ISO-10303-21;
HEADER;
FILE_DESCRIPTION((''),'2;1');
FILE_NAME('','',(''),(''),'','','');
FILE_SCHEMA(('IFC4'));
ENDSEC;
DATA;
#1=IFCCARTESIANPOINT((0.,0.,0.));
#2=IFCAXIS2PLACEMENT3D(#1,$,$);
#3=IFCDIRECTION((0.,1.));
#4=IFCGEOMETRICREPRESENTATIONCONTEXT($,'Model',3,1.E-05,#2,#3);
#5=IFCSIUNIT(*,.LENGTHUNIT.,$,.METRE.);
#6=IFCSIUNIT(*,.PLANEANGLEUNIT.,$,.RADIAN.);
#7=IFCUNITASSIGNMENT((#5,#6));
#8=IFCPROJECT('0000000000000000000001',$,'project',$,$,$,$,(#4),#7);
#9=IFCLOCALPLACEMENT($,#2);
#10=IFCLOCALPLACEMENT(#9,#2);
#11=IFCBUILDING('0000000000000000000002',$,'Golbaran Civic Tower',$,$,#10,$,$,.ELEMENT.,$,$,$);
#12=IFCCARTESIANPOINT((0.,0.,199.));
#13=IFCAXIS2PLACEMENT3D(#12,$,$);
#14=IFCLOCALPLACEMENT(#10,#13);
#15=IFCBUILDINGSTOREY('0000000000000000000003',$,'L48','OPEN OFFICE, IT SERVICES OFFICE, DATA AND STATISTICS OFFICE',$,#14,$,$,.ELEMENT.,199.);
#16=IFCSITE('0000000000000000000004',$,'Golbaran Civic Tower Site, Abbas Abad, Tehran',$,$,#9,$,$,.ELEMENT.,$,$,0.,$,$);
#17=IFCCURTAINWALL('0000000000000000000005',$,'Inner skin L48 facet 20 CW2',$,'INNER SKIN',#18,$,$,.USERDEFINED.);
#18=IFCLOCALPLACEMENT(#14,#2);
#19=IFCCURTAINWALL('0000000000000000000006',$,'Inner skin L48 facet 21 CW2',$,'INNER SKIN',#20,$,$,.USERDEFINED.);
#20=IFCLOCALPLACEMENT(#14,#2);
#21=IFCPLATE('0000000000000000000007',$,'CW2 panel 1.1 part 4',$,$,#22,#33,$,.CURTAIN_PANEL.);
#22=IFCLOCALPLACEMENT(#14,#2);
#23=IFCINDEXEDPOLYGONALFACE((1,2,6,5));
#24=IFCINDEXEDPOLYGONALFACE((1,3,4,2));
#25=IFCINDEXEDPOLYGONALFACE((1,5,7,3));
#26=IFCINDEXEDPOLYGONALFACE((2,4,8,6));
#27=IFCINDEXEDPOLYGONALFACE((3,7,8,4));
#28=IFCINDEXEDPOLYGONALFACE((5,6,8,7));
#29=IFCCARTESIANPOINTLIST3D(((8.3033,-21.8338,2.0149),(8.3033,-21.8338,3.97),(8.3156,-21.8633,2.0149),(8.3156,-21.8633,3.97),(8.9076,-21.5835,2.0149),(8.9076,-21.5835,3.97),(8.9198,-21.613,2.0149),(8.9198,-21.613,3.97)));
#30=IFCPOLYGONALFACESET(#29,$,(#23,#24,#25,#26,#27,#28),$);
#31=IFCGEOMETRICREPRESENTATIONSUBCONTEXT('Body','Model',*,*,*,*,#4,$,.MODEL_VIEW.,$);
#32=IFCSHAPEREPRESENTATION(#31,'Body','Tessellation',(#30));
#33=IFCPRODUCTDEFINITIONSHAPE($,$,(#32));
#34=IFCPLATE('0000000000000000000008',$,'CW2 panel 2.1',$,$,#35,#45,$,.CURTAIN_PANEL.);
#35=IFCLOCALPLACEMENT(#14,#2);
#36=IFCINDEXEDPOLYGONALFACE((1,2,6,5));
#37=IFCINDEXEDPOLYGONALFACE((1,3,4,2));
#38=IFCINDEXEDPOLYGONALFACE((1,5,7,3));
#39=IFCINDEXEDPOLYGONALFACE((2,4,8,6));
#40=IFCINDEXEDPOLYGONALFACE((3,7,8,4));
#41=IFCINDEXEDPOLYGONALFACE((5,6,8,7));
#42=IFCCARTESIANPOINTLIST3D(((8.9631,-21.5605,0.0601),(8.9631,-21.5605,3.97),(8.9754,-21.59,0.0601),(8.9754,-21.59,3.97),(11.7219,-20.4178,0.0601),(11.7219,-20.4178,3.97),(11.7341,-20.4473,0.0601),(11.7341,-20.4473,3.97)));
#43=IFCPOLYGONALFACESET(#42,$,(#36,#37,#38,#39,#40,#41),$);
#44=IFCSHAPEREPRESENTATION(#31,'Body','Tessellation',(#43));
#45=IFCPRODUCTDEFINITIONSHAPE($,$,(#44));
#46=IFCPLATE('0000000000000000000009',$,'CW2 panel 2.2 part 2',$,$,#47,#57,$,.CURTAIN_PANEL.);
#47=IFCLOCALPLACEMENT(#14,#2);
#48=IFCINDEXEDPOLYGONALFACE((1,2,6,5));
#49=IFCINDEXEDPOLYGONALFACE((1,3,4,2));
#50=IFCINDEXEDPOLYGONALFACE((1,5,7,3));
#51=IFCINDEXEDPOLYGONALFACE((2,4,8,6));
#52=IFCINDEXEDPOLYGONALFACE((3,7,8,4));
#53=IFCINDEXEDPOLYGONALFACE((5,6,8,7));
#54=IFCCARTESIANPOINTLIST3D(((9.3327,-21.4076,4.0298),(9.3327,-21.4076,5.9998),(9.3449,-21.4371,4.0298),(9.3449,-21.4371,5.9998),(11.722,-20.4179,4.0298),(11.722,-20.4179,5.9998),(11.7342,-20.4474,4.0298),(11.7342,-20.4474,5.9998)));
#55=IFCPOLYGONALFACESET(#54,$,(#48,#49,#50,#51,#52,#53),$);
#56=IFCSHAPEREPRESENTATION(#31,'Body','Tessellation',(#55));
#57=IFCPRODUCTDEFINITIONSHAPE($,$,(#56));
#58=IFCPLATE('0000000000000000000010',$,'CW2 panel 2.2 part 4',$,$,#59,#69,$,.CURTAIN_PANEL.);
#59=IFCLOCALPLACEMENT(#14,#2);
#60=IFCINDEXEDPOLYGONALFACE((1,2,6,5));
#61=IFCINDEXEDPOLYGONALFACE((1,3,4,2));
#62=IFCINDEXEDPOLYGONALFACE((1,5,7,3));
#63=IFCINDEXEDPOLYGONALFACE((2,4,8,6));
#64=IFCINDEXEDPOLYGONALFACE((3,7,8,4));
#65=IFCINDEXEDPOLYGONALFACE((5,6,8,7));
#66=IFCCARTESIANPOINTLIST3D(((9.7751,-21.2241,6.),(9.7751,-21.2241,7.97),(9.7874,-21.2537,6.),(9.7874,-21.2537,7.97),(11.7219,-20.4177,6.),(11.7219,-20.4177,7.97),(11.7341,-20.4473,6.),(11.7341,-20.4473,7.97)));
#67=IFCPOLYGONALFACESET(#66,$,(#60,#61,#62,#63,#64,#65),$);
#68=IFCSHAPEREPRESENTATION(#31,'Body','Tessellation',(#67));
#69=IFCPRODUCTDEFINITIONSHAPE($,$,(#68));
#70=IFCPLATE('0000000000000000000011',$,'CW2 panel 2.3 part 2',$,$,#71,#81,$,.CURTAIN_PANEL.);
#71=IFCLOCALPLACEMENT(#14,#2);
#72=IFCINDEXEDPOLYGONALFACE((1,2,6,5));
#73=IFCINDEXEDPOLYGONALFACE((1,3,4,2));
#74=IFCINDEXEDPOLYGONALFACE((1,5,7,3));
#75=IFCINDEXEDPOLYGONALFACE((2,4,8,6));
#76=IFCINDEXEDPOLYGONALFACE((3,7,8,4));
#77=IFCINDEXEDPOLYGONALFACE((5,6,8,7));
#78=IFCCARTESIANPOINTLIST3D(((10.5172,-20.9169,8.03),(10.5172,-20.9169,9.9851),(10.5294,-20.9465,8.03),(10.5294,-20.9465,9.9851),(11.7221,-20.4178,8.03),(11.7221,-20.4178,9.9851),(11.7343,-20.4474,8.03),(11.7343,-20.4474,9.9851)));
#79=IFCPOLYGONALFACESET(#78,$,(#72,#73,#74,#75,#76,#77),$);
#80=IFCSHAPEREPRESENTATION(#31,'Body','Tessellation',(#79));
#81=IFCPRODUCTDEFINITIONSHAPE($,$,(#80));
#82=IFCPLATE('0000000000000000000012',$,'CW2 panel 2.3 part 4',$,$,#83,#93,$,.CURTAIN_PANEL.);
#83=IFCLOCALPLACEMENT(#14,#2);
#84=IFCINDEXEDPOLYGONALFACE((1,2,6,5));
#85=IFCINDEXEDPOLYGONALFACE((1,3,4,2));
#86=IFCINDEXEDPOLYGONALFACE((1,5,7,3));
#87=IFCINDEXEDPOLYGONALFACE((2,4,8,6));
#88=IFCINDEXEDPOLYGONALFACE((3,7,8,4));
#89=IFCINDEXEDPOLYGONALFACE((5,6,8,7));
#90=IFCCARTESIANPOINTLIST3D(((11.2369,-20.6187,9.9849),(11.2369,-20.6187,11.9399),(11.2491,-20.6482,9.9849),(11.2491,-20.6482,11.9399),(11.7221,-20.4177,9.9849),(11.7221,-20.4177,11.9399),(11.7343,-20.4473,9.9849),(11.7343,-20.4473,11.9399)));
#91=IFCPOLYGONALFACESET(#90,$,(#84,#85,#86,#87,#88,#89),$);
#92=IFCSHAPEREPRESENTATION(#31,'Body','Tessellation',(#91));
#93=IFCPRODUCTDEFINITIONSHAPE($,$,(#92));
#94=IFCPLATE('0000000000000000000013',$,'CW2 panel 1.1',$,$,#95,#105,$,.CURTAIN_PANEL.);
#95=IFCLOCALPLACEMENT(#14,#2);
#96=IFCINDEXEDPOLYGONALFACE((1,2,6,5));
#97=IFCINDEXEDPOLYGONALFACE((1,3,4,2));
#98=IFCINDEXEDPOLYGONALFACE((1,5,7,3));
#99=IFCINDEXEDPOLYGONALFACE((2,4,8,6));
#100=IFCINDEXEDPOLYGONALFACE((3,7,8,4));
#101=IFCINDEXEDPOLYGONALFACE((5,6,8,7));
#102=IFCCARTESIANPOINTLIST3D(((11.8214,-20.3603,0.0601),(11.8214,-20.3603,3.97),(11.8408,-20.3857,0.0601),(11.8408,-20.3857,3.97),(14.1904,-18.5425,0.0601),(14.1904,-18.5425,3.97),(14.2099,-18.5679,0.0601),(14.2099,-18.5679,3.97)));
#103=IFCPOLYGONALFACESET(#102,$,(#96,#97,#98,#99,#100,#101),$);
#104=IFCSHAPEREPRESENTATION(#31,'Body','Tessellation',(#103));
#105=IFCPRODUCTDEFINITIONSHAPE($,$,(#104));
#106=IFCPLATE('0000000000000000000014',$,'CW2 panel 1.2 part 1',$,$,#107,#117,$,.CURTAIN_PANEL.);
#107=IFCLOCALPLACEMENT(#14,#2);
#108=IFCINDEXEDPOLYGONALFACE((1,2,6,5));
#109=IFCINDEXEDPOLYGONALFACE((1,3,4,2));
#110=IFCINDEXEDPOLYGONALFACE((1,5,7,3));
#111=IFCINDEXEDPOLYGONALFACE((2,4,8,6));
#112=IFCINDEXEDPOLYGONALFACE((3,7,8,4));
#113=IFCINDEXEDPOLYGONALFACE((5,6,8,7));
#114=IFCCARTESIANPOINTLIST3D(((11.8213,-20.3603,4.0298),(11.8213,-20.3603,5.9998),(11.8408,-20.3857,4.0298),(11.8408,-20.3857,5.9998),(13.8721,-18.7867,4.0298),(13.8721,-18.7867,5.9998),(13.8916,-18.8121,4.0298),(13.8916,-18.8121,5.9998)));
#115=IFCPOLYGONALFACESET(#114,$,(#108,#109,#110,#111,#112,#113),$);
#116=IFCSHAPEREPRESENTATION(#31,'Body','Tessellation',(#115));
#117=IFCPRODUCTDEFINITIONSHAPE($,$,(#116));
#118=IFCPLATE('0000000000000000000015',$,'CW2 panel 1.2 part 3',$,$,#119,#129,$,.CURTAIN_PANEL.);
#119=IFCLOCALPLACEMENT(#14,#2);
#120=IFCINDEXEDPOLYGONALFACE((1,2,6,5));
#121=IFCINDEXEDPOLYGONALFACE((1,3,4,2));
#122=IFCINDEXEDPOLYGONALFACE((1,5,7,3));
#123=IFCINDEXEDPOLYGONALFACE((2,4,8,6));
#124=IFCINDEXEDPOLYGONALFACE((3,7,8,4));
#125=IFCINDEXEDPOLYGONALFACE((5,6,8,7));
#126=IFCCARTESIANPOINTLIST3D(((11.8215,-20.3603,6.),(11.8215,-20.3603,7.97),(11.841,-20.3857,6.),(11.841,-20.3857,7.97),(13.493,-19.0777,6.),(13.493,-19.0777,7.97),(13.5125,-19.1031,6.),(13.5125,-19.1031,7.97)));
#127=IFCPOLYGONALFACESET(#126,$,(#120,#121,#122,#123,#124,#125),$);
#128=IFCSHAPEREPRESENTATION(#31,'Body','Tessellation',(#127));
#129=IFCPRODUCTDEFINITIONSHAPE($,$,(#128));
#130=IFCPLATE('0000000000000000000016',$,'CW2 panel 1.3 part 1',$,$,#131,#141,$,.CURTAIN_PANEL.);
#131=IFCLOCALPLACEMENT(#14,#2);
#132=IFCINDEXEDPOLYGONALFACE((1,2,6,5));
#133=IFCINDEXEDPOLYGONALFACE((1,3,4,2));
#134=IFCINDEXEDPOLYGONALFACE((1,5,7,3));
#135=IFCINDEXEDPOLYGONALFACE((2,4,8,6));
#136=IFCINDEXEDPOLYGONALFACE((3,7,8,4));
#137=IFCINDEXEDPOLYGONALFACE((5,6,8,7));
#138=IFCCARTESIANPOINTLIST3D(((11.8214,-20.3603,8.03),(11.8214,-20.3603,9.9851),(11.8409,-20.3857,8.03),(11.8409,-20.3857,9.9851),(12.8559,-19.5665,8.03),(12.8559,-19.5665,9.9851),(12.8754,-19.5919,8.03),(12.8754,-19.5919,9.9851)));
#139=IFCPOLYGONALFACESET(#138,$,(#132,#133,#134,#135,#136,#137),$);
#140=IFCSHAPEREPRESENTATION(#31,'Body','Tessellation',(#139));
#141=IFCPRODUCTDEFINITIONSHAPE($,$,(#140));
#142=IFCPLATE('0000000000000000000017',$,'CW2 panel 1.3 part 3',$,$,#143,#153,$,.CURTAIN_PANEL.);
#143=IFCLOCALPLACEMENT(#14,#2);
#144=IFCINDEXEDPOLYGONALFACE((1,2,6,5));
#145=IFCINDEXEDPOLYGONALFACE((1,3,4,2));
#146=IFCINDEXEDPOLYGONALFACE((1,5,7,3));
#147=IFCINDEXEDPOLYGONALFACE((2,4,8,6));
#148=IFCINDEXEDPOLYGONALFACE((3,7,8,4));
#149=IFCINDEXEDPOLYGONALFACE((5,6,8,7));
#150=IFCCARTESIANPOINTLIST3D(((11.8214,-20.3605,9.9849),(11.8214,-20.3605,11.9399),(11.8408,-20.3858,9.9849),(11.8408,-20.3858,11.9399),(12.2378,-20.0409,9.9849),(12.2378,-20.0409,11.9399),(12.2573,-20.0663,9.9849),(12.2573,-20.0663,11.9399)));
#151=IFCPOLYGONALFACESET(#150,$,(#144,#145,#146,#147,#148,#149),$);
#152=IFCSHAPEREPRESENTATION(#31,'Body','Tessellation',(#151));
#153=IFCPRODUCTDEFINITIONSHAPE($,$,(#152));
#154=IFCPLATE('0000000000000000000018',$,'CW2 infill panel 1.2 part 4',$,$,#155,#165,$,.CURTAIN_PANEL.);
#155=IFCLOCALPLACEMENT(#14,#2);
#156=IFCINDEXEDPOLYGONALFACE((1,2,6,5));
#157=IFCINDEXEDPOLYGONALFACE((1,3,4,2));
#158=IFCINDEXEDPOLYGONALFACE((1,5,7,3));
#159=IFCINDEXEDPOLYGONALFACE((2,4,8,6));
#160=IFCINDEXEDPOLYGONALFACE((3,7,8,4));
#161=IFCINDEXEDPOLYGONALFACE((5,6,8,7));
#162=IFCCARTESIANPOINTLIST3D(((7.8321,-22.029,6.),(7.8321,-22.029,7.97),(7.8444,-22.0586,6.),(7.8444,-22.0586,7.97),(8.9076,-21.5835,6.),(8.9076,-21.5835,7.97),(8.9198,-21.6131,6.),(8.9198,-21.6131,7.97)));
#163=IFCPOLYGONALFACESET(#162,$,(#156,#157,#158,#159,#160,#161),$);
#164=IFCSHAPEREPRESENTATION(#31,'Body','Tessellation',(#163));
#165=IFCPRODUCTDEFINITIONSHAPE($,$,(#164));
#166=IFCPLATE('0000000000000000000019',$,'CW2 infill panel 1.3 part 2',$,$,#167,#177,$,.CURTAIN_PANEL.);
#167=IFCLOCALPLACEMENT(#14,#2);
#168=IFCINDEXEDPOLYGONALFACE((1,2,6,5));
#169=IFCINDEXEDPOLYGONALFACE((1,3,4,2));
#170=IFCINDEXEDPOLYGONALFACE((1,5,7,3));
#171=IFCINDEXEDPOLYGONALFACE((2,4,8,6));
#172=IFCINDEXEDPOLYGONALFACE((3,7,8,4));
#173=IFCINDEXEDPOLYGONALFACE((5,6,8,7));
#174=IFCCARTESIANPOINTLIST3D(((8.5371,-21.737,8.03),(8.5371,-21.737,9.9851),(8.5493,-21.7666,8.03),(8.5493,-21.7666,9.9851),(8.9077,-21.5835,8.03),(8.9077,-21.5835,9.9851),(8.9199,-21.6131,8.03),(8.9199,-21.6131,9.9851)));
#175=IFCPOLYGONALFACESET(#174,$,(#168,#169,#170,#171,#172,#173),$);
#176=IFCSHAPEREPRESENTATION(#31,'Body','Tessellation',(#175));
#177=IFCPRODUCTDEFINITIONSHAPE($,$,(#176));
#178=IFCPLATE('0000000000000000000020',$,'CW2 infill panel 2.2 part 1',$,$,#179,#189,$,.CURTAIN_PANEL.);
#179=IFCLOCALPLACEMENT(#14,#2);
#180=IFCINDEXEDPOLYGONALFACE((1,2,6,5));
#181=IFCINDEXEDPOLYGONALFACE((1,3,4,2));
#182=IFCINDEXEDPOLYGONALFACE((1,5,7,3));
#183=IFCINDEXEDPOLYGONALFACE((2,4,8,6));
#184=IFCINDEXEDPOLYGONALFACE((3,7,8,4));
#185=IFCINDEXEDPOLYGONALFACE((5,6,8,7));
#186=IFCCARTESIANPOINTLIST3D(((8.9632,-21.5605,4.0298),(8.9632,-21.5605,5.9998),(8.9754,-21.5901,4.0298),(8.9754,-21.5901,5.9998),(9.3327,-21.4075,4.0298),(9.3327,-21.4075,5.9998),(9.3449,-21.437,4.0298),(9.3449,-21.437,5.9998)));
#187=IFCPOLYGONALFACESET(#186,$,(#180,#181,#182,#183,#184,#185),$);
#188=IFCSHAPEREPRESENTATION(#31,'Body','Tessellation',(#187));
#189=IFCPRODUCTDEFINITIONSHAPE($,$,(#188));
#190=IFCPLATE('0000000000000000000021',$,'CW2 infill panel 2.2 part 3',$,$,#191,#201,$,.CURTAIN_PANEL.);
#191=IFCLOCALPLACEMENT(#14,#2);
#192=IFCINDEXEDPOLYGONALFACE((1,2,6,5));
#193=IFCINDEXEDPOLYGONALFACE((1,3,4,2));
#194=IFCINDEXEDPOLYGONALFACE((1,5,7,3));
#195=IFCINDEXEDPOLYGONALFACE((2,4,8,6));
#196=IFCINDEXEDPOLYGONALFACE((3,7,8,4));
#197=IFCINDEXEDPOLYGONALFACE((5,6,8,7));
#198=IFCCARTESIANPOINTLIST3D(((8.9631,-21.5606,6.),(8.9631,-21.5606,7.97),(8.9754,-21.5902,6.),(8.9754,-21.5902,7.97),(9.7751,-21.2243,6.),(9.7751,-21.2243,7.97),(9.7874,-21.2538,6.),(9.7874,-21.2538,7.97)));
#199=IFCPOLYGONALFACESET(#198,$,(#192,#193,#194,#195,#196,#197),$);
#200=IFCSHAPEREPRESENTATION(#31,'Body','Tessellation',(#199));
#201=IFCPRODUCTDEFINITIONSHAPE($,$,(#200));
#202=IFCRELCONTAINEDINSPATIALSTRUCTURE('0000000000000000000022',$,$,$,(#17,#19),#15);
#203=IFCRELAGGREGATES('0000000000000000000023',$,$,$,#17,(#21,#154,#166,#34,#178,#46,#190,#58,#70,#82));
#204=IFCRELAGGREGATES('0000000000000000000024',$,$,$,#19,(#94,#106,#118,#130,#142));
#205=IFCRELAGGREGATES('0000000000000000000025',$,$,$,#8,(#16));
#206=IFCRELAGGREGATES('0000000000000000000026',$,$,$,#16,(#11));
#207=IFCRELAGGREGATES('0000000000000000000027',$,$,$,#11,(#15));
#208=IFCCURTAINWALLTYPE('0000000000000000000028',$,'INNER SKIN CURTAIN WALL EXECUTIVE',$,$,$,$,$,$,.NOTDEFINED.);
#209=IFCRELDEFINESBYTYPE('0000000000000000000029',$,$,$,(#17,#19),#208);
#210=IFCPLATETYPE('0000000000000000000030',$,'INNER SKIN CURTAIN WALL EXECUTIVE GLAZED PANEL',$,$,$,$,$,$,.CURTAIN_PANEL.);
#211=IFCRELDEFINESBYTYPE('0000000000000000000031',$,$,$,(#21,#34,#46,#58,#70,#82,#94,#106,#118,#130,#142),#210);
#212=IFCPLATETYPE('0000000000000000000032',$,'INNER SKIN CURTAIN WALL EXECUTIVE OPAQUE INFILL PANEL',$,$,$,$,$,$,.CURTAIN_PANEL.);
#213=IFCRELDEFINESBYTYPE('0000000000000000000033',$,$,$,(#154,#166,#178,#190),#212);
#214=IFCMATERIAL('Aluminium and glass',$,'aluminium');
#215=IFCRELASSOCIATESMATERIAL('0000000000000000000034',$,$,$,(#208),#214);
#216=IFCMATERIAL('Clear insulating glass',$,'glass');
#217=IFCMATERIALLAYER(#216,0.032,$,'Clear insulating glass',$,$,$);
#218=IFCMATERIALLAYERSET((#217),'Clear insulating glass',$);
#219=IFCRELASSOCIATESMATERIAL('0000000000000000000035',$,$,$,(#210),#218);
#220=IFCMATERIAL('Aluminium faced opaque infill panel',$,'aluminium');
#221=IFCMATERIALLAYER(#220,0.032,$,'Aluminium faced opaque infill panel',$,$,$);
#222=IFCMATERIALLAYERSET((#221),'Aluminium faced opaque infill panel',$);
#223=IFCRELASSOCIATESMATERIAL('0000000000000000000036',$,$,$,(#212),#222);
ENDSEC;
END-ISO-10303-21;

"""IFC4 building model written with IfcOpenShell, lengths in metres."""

from ifc_helpers import new_model, si_unit, direction, frame, origin, origin_2d, place, context, subcontext, project, spatial, rectangle, extrude, material, layer, layer_set, type_object, element, aggregate, save


model = new_model("IFC4")

# Units and contexts
model_context = context("Model", 3, precision=1e-05, world=origin(), true_north=direction((0.0, 1.0)))
body_context = subcontext(model_context, "Body", "Model", "MODEL_VIEW")
ifc_project = project(units=[si_unit("LENGTHUNIT", "METRE"), si_unit("PLANEANGLEUNIT", "RADIAN")], contexts=[model_context])

# Site, building, storey
site_placement = place(None, origin())
site = spatial("IfcSite", under=ifc_project, at=site_placement, Name="Golbaran Civic Tower Site, Abbas Abad, Tehran", CompositionType="ELEMENT", RefElevation=0.0)
building_placement = place(site_placement, origin())
building = spatial("IfcBuilding", under=site, at=building_placement, Name="Golbaran Civic Tower", CompositionType="ELEMENT")
storey_placement = place(building_placement, frame((0.0, 0.0, 199.0)))
storey = spatial("IfcBuildingStorey", under=building, at=storey_placement, Name="L48", Description="OPEN OFFICE, IT SERVICES OFFICE, DATA AND STATISTICS OFFICE", CompositionType="ELEMENT", Elevation=199.0)

# Curtain walls
ifc_material_1 = material(Name="Aluminium and glass", Category="aluminium")
curtain_wall_type_1 = type_object("IfcCurtainWallType", Name="INNER SKIN CURTAIN WALL EXECUTIVE", PredefinedType="NOTDEFINED", material=ifc_material_1)
curtain_wall_1_placement = place(storey_placement, origin())
curtain_wall_1 = element("IfcCurtainWall", 1, at=curtain_wall_1_placement, inside=storey, type_object=curtain_wall_type_1, Name="Inner skin L48 facet 20 CW2", ObjectType="INNER SKIN", PredefinedType="USERDEFINED")
curtain_wall_2_placement = place(storey_placement, origin())
curtain_wall_2 = element("IfcCurtainWall", 2, at=curtain_wall_2_placement, inside=storey, type_object=curtain_wall_type_1, Name="Inner skin L48 facet 21 CW2", ObjectType="INNER SKIN", PredefinedType="USERDEFINED")

# Plates
ifc_material_2 = material(Name="Clear insulating glass", Category="glass")
ifc_layer_1 = layer(ifc_material_2, 0.032, Name="Clear insulating glass")
ifc_layer_set_1 = layer_set([ifc_layer_1], Name="Clear insulating glass")
plate_type_1 = type_object("IfcPlateType", Name="INNER SKIN CURTAIN WALL EXECUTIVE GLAZED PANEL", PredefinedType="CURTAIN_PANEL", material=ifc_layer_set_1)
plate_1_placement = place(storey_placement, frame((8.6116, -21.7234, 2.0149), z_axis=(0.0, 0.0, 1.0), x_axis=(0.92388, 0.382683, 0.0)))
plate_1 = element("IfcPlate", 3, at=plate_1_placement, type_object=plate_type_1, Name="CW2 panel 1.1 part 4", PredefinedType="CURTAIN_PANEL", context=body_context, shape_type="SweptSolid", body=[
    extrude(rectangle(XDim=0.6541, YDim=0.032, at=origin_2d()), origin(), (0.0, 0.0, 1.0), 1.9551),
])
plate_2_placement = place(storey_placement, frame((10.3486, -21.0039, 0.0601), z_axis=(0.0, 0.0, 1.0), x_axis=(0.92388, 0.382683, 0.0)))
plate_2 = element("IfcPlate", 4, at=plate_2_placement, type_object=plate_type_1, Name="CW2 panel 2.1", PredefinedType="CURTAIN_PANEL", context=body_context, shape_type="SweptSolid", body=[
    extrude(rectangle(XDim=2.9861, YDim=0.032, at=origin_2d()), origin(), (0.0, 0.0, 1.0), 3.9099),
])
plate_3_placement = place(storey_placement, frame((10.5334, -20.9275, 4.0298), z_axis=(0.0, 0.0, 1.0), x_axis=(0.92388, 0.382683, 0.0)))
plate_3 = element("IfcPlate", 5, at=plate_3_placement, type_object=plate_type_1, Name="CW2 panel 2.2 part 2", PredefinedType="CURTAIN_PANEL", context=body_context, shape_type="SweptSolid", body=[
    extrude(rectangle(XDim=2.5862, YDim=0.032, at=origin_2d()), origin(), (0.0, 0.0, 1.0), 1.97),
])
plate_4_placement = place(storey_placement, frame((10.7546, -20.8357, 6.0), z_axis=(0.0, 0.0, 1.0), x_axis=(0.92388, 0.382683, 0.0)))
plate_4 = element("IfcPlate", 6, at=plate_4_placement, type_object=plate_type_1, Name="CW2 panel 2.2 part 4", PredefinedType="CURTAIN_PANEL", context=body_context, shape_type="SweptSolid", body=[
    extrude(rectangle(XDim=2.1072, YDim=0.032, at=origin_2d()), origin(), (0.0, 0.0, 1.0), 1.97),
])
plate_5_placement = place(storey_placement, frame((11.1257, -20.6821, 8.03), z_axis=(0.0, 0.0, 1.0), x_axis=(0.92388, 0.382683, 0.0)))
plate_5 = element("IfcPlate", 7, at=plate_5_placement, type_object=plate_type_1, Name="CW2 panel 2.3 part 2", PredefinedType="CURTAIN_PANEL", context=body_context, shape_type="SweptSolid", body=[
    extrude(rectangle(XDim=1.3042, YDim=0.032, at=origin_2d()), origin(), (0.0, 0.0, 1.0), 1.9551),
])
plate_6_placement = place(storey_placement, frame((11.4856, -20.533, 9.9849), z_axis=(0.0, 0.0, 1.0), x_axis=(0.92388, 0.382683, 0.0)))
plate_6 = element("IfcPlate", 8, at=plate_6_placement, type_object=plate_type_1, Name="CW2 panel 2.3 part 4", PredefinedType="CURTAIN_PANEL", context=body_context, shape_type="SweptSolid", body=[
    extrude(rectangle(XDim=0.5251, YDim=0.032, at=origin_2d()), origin(), (0.0, 0.0, 1.0), 1.9551),
])
plate_7_placement = place(storey_placement, frame((13.0156, -19.4641, 0.0601), z_axis=(0.0, 0.0, 1.0), x_axis=(0.793353, 0.608761, 0.0)))
plate_7 = element("IfcPlate", 9, at=plate_7_placement, type_object=plate_type_1, Name="CW2 panel 1.1", PredefinedType="CURTAIN_PANEL", context=body_context, shape_type="SweptSolid", body=[
    extrude(rectangle(XDim=2.9861, YDim=0.032, at=origin_2d()), origin(), (0.0, 0.0, 1.0), 3.9099),
])
plate_8_placement = place(storey_placement, frame((12.8564, -19.5862, 4.0298), z_axis=(0.0, 0.0, 1.0), x_axis=(0.793353, 0.608761, 0.0)))
plate_8 = element("IfcPlate", 10, at=plate_8_placement, type_object=plate_type_1, Name="CW2 panel 1.2 part 1", PredefinedType="CURTAIN_PANEL", context=body_context, shape_type="SweptSolid", body=[
    extrude(rectangle(XDim=2.585, YDim=0.032, at=origin_2d()), origin(), (0.0, 0.0, 1.0), 1.97),
])
plate_9_placement = place(storey_placement, frame((12.667, -19.7317, 6.0), z_axis=(0.0, 0.0, 1.0), x_axis=(0.793353, 0.608761, 0.0)))
plate_9 = element("IfcPlate", 11, at=plate_9_placement, type_object=plate_type_1, Name="CW2 panel 1.2 part 3", PredefinedType="CURTAIN_PANEL", context=body_context, shape_type="SweptSolid", body=[
    extrude(rectangle(XDim=2.1069, YDim=0.032, at=origin_2d()), origin(), (0.0, 0.0, 1.0), 1.97),
])
plate_10_placement = place(storey_placement, frame((12.3484, -19.9761, 8.03), z_axis=(0.0, 0.0, 1.0), x_axis=(0.793353, 0.608761, 0.0)))
plate_10 = element("IfcPlate", 12, at=plate_10_placement, type_object=plate_type_1, Name="CW2 panel 1.3 part 1", PredefinedType="CURTAIN_PANEL", context=body_context, shape_type="SweptSolid", body=[
    extrude(rectangle(XDim=1.304, YDim=0.032, at=origin_2d()), origin(), (0.0, 0.0, 1.0), 1.9551),
])
plate_11_placement = place(storey_placement, frame((12.0393, -20.2134, 9.9849), z_axis=(0.0, 0.0, 1.0), x_axis=(0.793353, 0.608761, 0.0)))
plate_11 = element("IfcPlate", 13, at=plate_11_placement, type_object=plate_type_1, Name="CW2 panel 1.3 part 3", PredefinedType="CURTAIN_PANEL", context=body_context, shape_type="SweptSolid", body=[
    extrude(rectangle(XDim=0.5249, YDim=0.032, at=origin_2d()), origin(), (0.0, 0.0, 1.0), 1.9551),
])
ifc_material_3 = material(Name="Aluminium faced opaque infill panel", Category="aluminium")
ifc_layer_2 = layer(ifc_material_3, 0.032, Name="Aluminium faced opaque infill panel")
ifc_layer_set_2 = layer_set([ifc_layer_2], Name="Aluminium faced opaque infill panel")
plate_type_2 = type_object("IfcPlateType", Name="INNER SKIN CURTAIN WALL EXECUTIVE OPAQUE INFILL PANEL", PredefinedType="CURTAIN_PANEL", material=ifc_layer_set_2)
plate_12_placement = place(storey_placement, frame((8.376, -21.821, 6.0), z_axis=(0.0, 0.0, 1.0), x_axis=(0.92388, 0.382683, 0.0)))
plate_12 = element("IfcPlate", 14, at=plate_12_placement, type_object=plate_type_2, Name="CW2 infill panel 1.2 part 4", PredefinedType="CURTAIN_PANEL", context=body_context, shape_type="SweptSolid", body=[
    extrude(rectangle(XDim=1.1641, YDim=0.032, at=origin_2d()), origin(), (0.0, 0.0, 1.0), 1.97),
])
plate_13_placement = place(storey_placement, frame((8.7285, -21.675, 8.03), z_axis=(0.0, 0.0, 1.0), x_axis=(0.92388, 0.382683, 0.0)))
plate_13 = element("IfcPlate", 15, at=plate_13_placement, type_object=plate_type_2, Name="CW2 infill panel 1.3 part 2", PredefinedType="CURTAIN_PANEL", context=body_context, shape_type="SweptSolid", body=[
    extrude(rectangle(XDim=0.4011, YDim=0.032, at=origin_2d()), origin(), (0.0, 0.0, 1.0), 1.9551),
])
plate_14_placement = place(storey_placement, frame((9.1541, -21.4988, 4.0298), z_axis=(0.0, 0.0, 1.0), x_axis=(0.92388, 0.382683, 0.0)))
plate_14 = element("IfcPlate", 16, at=plate_14_placement, type_object=plate_type_2, Name="CW2 infill panel 2.2 part 1", PredefinedType="CURTAIN_PANEL", context=body_context, shape_type="SweptSolid", body=[
    extrude(rectangle(XDim=0.3999, YDim=0.032, at=origin_2d()), origin(), (0.0, 0.0, 1.0), 1.97),
])
plate_15_placement = place(storey_placement, frame((9.3752, -21.4072, 6.0), z_axis=(0.0, 0.0, 1.0), x_axis=(0.92388, 0.382683, 0.0)))
plate_15 = element("IfcPlate", 17, at=plate_15_placement, type_object=plate_type_2, Name="CW2 infill panel 2.2 part 3", PredefinedType="CURTAIN_PANEL", context=body_context, shape_type="SweptSolid", body=[
    extrude(rectangle(XDim=0.8789, YDim=0.032, at=origin_2d()), origin(), (0.0, 0.0, 1.0), 1.97),
])
aggregate(curtain_wall_1, [plate_1, plate_12, plate_13, plate_2, plate_14, plate_3, plate_15, plate_4, plate_5, plate_6])
aggregate(curtain_wall_2, [plate_7, plate_8, plate_9, plate_10, plate_11])

save(model, "model.ifc")
